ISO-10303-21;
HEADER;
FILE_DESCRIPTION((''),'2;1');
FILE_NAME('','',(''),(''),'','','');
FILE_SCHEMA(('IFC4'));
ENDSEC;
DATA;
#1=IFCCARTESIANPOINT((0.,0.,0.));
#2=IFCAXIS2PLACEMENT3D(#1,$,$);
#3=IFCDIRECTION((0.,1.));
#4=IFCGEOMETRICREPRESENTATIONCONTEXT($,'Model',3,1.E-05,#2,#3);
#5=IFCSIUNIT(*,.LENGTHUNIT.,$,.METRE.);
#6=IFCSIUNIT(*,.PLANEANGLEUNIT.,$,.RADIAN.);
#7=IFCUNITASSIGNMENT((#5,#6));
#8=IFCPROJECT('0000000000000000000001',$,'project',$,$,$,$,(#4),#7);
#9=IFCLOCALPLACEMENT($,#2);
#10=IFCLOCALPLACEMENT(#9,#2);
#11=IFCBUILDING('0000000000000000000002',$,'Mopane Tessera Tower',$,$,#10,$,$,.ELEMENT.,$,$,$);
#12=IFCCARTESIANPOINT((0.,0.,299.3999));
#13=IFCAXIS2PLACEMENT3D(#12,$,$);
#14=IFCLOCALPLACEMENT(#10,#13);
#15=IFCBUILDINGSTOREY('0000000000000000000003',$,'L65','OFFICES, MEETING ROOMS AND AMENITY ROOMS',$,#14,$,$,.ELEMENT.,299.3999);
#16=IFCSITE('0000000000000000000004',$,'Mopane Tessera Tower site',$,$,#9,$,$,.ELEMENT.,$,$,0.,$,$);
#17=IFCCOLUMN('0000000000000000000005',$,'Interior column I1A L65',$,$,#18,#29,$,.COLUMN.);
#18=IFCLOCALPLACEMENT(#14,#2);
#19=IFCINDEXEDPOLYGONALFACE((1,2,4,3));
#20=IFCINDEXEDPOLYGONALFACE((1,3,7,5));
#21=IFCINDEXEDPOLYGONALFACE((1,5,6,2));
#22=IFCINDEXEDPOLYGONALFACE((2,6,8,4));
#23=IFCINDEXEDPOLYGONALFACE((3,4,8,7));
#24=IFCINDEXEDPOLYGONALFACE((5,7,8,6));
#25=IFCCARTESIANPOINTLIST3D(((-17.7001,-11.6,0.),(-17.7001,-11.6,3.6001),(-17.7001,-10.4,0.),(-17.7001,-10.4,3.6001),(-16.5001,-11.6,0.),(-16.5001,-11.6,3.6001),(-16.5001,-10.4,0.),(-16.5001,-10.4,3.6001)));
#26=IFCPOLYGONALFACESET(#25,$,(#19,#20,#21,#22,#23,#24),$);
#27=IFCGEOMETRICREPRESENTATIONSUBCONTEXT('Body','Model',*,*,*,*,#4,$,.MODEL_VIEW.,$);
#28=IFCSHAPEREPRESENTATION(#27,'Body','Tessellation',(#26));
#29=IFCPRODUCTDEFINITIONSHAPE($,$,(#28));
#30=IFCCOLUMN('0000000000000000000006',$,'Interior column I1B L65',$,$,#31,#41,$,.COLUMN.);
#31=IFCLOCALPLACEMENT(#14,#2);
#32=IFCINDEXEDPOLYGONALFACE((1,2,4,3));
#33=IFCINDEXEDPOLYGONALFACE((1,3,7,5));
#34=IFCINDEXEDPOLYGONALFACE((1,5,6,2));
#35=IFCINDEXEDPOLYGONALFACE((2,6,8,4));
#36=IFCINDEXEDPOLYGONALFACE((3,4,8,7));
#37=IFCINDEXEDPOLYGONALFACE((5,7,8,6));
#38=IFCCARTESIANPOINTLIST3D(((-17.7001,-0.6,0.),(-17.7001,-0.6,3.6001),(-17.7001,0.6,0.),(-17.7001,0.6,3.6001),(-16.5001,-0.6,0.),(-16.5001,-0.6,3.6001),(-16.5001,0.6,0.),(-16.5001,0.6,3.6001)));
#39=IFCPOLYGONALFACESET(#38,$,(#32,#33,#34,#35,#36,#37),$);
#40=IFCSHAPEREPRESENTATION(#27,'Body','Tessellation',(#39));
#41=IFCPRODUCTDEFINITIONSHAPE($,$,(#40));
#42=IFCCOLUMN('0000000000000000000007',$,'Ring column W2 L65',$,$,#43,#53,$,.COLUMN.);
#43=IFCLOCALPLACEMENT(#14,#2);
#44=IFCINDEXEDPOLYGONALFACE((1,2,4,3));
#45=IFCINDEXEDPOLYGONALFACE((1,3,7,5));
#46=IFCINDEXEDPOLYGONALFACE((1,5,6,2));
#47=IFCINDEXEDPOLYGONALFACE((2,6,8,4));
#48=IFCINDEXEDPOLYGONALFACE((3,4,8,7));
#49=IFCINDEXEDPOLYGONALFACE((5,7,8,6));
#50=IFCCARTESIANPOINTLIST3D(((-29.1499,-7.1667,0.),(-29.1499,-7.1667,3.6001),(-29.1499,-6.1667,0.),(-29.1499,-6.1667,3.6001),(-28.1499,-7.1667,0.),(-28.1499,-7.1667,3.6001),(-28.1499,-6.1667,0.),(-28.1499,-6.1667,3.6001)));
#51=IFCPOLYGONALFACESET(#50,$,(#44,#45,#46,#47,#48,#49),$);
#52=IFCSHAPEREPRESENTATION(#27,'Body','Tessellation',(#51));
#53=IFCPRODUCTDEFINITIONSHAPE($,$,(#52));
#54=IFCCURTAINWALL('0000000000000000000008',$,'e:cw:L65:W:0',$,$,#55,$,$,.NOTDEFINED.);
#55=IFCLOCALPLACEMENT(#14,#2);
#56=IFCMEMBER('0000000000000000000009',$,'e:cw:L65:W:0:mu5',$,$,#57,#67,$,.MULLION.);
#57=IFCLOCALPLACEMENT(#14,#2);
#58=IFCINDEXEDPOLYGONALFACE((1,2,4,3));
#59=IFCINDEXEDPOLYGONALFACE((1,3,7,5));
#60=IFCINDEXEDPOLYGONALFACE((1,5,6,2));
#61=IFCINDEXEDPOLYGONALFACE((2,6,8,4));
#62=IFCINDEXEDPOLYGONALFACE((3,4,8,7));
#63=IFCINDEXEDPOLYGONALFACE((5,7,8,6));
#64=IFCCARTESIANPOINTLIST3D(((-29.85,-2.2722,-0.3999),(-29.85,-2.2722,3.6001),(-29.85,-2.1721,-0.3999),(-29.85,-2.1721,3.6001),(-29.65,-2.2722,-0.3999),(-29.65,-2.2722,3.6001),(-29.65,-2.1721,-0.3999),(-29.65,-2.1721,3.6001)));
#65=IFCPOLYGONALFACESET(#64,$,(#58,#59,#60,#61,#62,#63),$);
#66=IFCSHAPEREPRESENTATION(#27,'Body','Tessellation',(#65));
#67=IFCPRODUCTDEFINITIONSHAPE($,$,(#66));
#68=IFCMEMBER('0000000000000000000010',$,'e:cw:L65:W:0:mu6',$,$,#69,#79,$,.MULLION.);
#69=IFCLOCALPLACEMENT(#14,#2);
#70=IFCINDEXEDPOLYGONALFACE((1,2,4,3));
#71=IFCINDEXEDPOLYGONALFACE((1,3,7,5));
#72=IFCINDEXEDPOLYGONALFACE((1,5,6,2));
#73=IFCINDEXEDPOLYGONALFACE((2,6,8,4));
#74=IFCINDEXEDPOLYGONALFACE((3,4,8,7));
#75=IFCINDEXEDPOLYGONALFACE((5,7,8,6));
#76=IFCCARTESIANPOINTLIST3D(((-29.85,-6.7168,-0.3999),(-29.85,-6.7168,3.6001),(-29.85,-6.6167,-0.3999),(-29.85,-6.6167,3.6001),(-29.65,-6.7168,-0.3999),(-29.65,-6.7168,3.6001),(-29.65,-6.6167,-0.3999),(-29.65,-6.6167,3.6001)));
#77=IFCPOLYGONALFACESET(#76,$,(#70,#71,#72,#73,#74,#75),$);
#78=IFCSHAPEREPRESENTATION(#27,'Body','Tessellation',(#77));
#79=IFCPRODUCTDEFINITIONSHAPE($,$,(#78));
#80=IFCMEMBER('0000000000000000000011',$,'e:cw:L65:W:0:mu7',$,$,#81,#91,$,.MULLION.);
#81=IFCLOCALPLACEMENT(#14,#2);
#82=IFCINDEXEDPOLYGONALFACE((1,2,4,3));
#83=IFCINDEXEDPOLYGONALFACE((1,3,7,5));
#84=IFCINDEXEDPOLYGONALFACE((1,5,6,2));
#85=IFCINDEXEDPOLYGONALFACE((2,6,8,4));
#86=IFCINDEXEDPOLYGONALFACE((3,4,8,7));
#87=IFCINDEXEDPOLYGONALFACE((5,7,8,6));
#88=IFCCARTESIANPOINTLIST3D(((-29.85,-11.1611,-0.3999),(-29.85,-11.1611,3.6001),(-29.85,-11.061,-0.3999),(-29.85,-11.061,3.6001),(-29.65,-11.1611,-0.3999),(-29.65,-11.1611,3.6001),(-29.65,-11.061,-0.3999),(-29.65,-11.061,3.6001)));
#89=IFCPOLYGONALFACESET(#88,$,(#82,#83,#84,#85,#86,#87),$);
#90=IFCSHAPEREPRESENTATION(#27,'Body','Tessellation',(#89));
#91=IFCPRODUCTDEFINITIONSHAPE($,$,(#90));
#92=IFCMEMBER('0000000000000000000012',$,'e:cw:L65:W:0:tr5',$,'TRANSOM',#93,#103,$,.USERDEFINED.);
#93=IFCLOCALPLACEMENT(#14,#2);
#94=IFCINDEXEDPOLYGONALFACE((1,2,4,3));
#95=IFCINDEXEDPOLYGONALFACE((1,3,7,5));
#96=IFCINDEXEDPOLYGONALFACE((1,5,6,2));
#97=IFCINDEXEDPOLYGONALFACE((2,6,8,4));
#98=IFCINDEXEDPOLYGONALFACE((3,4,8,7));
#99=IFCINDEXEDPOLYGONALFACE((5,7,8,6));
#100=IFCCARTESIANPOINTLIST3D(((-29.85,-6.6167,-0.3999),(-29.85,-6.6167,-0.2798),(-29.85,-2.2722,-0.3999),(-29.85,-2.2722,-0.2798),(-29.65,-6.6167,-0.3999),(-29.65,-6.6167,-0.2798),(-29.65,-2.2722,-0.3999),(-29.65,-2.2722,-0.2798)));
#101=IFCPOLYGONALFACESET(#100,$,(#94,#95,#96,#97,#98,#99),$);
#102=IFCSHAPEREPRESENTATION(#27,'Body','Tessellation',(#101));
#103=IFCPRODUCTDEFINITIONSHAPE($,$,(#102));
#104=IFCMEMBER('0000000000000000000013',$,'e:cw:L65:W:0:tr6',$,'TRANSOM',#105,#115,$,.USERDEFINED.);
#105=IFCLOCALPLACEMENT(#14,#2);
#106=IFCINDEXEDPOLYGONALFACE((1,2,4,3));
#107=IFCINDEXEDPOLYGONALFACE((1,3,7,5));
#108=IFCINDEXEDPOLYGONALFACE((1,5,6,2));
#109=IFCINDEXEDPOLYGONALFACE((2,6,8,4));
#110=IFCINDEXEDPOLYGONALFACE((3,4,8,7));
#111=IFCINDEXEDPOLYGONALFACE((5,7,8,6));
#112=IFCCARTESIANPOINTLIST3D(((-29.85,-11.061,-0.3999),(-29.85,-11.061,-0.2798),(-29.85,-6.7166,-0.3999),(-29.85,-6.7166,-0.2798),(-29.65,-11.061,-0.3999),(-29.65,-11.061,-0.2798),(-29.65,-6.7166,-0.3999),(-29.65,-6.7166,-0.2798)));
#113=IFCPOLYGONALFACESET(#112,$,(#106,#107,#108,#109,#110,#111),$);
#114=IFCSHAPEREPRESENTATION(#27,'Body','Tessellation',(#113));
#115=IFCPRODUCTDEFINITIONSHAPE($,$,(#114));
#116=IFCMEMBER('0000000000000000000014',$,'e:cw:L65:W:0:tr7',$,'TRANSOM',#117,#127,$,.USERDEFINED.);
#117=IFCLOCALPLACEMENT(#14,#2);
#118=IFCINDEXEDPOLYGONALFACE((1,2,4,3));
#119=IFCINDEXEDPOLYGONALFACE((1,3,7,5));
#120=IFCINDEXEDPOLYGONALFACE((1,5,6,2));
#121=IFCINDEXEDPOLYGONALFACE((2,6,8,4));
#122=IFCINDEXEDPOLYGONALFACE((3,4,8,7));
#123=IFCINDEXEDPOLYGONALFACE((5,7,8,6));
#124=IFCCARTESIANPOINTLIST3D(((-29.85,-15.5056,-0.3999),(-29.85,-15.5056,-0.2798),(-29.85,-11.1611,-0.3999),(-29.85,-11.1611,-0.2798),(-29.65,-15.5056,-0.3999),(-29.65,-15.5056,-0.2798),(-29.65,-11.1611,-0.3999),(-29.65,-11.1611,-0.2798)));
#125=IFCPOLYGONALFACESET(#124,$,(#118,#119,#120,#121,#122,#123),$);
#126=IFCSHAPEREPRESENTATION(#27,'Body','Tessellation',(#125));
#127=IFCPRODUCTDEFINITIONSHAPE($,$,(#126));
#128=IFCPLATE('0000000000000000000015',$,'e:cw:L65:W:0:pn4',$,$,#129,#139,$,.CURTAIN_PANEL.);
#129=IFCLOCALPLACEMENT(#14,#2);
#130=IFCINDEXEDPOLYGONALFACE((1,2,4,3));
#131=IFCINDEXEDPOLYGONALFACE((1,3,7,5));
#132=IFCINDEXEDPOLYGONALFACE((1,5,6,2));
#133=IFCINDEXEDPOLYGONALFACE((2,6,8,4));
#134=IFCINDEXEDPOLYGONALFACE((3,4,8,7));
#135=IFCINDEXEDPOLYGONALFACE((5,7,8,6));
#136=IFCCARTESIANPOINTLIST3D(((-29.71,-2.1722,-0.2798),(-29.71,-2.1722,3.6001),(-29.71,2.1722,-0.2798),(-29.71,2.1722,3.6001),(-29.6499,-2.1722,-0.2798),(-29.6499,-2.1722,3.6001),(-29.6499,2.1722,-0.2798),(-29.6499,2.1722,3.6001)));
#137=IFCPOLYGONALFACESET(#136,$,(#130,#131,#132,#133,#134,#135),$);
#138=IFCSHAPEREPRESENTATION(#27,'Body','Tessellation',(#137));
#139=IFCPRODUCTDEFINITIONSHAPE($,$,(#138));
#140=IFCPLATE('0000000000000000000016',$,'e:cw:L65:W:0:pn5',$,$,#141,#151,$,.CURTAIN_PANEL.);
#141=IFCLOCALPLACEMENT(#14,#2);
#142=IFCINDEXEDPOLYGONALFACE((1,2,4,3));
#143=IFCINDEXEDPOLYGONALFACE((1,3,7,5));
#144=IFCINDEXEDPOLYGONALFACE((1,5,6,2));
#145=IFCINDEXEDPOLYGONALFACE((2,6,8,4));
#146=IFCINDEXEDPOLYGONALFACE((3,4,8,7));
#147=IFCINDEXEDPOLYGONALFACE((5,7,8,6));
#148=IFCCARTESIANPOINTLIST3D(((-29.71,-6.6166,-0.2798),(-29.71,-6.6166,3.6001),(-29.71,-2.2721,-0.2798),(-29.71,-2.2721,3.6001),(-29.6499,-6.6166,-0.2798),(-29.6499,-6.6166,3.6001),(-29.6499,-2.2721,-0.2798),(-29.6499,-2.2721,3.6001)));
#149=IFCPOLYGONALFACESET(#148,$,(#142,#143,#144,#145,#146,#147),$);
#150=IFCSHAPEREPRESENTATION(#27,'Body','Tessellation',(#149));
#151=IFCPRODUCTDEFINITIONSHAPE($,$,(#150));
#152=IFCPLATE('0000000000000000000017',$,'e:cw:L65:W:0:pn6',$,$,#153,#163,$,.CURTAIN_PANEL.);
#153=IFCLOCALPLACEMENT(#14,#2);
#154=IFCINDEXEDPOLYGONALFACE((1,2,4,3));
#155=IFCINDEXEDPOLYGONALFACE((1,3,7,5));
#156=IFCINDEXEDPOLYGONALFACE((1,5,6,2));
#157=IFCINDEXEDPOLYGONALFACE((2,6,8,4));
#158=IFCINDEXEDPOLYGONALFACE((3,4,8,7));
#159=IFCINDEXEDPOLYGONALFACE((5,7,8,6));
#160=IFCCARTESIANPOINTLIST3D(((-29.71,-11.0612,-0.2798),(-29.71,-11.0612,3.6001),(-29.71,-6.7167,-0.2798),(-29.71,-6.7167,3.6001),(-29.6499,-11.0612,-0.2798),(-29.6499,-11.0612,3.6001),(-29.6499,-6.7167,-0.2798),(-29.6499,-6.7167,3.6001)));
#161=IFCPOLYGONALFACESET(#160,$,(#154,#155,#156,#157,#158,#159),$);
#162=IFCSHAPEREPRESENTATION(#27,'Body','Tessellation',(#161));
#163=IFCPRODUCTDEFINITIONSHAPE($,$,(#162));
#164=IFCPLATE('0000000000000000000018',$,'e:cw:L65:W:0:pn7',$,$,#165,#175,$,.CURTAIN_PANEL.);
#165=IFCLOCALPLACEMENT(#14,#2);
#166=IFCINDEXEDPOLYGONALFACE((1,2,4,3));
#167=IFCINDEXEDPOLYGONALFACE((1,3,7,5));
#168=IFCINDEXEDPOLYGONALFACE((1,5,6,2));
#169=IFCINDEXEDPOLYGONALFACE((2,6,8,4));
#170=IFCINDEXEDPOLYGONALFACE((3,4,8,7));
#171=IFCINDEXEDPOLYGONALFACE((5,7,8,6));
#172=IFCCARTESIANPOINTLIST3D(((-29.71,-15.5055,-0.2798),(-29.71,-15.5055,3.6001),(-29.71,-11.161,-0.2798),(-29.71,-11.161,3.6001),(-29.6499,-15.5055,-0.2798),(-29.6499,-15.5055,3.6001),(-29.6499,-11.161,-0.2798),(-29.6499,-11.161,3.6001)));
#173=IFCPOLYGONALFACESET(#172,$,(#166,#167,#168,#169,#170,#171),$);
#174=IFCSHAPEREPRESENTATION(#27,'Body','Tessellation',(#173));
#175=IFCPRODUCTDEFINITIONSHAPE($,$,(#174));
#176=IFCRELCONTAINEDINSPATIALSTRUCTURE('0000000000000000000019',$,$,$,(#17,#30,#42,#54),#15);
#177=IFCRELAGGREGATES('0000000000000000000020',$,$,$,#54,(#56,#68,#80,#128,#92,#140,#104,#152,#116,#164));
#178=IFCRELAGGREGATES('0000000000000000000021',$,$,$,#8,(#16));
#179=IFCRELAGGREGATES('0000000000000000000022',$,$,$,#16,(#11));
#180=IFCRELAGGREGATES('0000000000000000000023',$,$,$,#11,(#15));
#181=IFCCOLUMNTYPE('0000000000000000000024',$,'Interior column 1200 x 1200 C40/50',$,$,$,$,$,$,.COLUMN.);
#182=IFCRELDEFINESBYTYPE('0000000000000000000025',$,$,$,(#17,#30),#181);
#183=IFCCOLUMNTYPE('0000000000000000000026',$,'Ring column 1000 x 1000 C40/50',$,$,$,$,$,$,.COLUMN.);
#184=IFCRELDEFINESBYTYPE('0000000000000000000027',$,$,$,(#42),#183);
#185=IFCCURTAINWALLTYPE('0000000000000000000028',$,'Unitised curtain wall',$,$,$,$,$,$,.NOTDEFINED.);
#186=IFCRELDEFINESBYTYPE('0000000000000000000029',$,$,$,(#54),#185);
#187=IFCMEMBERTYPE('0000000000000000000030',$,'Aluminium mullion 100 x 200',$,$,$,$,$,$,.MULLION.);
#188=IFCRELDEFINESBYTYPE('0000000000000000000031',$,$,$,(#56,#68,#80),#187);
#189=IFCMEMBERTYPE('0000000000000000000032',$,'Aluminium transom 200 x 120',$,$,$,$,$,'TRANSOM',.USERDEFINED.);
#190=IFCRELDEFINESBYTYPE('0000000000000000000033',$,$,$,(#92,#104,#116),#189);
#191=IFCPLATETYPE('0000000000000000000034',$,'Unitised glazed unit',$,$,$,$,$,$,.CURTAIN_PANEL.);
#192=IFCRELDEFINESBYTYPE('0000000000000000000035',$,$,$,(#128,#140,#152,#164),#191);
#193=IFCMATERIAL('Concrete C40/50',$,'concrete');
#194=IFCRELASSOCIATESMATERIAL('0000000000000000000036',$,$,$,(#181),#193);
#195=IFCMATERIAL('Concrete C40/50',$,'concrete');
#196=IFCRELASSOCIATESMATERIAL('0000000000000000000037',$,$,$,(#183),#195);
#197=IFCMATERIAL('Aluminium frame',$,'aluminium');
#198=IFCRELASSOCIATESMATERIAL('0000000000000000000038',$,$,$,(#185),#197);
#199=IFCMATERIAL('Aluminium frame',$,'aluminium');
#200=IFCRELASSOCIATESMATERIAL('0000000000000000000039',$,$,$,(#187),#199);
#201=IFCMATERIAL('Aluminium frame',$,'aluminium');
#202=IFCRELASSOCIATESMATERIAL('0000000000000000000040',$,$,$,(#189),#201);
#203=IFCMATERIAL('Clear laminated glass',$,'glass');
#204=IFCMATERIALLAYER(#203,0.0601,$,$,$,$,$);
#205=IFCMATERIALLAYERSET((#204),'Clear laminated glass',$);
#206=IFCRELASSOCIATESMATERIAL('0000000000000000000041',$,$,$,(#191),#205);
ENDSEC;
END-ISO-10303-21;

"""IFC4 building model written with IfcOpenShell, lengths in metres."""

from ifc_helpers import new_model, si_unit, direction, frame, origin, origin_2d, place, context, subcontext, project, spatial, rectangle, extrude, material, layer, layer_set, material_profile, profile_set, type_object, element, aggregate, save


model = new_model("IFC4")

# Units and contexts
model_context = context("Model", 3, precision=1e-05, world=origin(), true_north=direction((0.0, 1.0)))
body_context = subcontext(model_context, "Body", "Model", "MODEL_VIEW")
ifc_project = project(units=[si_unit("LENGTHUNIT", "METRE"), si_unit("PLANEANGLEUNIT", "RADIAN")], contexts=[model_context])

# Site, building, storey
site_placement = place(None, origin())
site = spatial("IfcSite", under=ifc_project, at=site_placement, Name="Mopane Tessera Tower site", CompositionType="ELEMENT", RefElevation=0.0)
building_placement = place(site_placement, origin())
building = spatial("IfcBuilding", under=site, at=building_placement, Name="Mopane Tessera Tower", CompositionType="ELEMENT")
storey_placement = place(building_placement, frame((0.0, 0.0, 299.3999)))
storey = spatial("IfcBuildingStorey", under=building, at=storey_placement, Name="L65", Description="OFFICES, MEETING ROOMS AND AMENITY ROOMS", CompositionType="ELEMENT", Elevation=299.3999)

# Columns
ifc_material_1 = material(Name="Concrete C40/50", Category="concrete")
ifc_material_profile_1 = material_profile(ifc_material_1, rectangle(XDim=1.2, YDim=1.2, at=origin_2d()))
ifc_profile_set_1 = profile_set([ifc_material_profile_1], Name="Concrete C40/50")
column_type_1 = type_object("IfcColumnType", Name="Interior column 1200 x 1200 C40/50", PredefinedType="COLUMN", material=ifc_profile_set_1)
for number, where, z_axis, x_axis, name in (
    (1, (-17.1001, -11.0, 0.0), (0.0, 0.0, 1.0), (1.0, 0.0, 0.0), "Interior column I1A L65"),
    (2, (-17.1001, 0.0, 0.0), (0.0, 0.0, 1.0), (1.0, 0.0, 0.0), "Interior column I1B L65"),
):
    element("IfcColumn", number, at=place(storey_placement, frame(where, z_axis=z_axis, x_axis=x_axis)), inside=storey, type_object=column_type_1, Name=name, PredefinedType="COLUMN", context=body_context, shape_type="SweptSolid", body=[
        extrude(rectangle(XDim=1.2, YDim=1.2, at=origin_2d()), origin(), (0.0, 0.0, 1.0), 3.6001),
    ])
ifc_material_2 = material(Name="Concrete C40/50", Category="concrete")
ifc_material_profile_2 = material_profile(ifc_material_2, rectangle(XDim=1.0, YDim=1.0, at=origin_2d()))
ifc_profile_set_2 = profile_set([ifc_material_profile_2], Name="Concrete C40/50")
column_type_2 = type_object("IfcColumnType", Name="Ring column 1000 x 1000 C40/50", PredefinedType="COLUMN", material=ifc_profile_set_2)
column_placement = place(storey_placement, frame((-28.6499, -6.6667, 0.0), z_axis=(0.0, 0.0, 1.0), x_axis=(1.0, 0.0, 0.0)))
element("IfcColumn", 3, at=column_placement, inside=storey, type_object=column_type_2, Name="Ring column W2 L65", PredefinedType="COLUMN", context=body_context, shape_type="SweptSolid", body=[
    extrude(rectangle(XDim=1.0, YDim=1.0, at=origin_2d()), origin(), (0.0, 0.0, 1.0), 3.6001),
])

# Curtain wall, members, plates
ifc_material_3 = material(Name="Aluminium frame", Category="aluminium")
curtain_wall_type = type_object("IfcCurtainWallType", Name="Unitised curtain wall", PredefinedType="NOTDEFINED", material=ifc_material_3)
curtain_wall_placement = place(storey_placement, origin())
curtain_wall = element("IfcCurtainWall", 4, at=curtain_wall_placement, inside=storey, type_object=curtain_wall_type, Name="e:cw:L65:W:0", PredefinedType="NOTDEFINED")
ifc_material_4 = material(Name="Aluminium frame", Category="aluminium")
ifc_material_profile_3 = material_profile(ifc_material_4, rectangle(XDim=0.1001, YDim=0.2, at=origin_2d()))
ifc_profile_set_3 = profile_set([ifc_material_profile_3], Name="Aluminium frame")
member_type_1 = type_object("IfcMemberType", Name="Aluminium mullion 100 x 200", PredefinedType="MULLION", material=ifc_profile_set_3)
member_1_placement = place(storey_placement, frame((-29.75, -2.2222, -0.3999), z_axis=(0.0, 0.0, 1.0), x_axis=(0.0, -1.0, 0.0)))
member_1 = element("IfcMember", 5, at=member_1_placement, type_object=member_type_1, Name="e:cw:L65:W:0:mu5", PredefinedType="MULLION", context=body_context, shape_type="SweptSolid", body=[
    extrude(rectangle(XDim=0.1001, YDim=0.2, at=origin_2d()), origin(), (0.0, 0.0, 1.0), 4.0),
])
member_2_placement = place(storey_placement, frame((-29.75, -6.6667, -0.3999), z_axis=(0.0, 0.0, 1.0), x_axis=(0.0, -1.0, 0.0)))
member_2 = element("IfcMember", 6, at=member_2_placement, type_object=member_type_1, Name="e:cw:L65:W:0:mu6", PredefinedType="MULLION", context=body_context, shape_type="SweptSolid", body=[
    extrude(rectangle(XDim=0.1001, YDim=0.2, at=origin_2d()), origin(), (0.0, 0.0, 1.0), 4.0),
])
member_3_placement = place(storey_placement, frame((-29.75, -11.1111, -0.3999), z_axis=(0.0, 0.0, 1.0), x_axis=(0.0, -1.0, 0.0)))
member_3 = element("IfcMember", 7, at=member_3_placement, type_object=member_type_1, Name="e:cw:L65:W:0:mu7", PredefinedType="MULLION", context=body_context, shape_type="SweptSolid", body=[
    extrude(rectangle(XDim=0.1001, YDim=0.2, at=origin_2d()), origin(), (0.0, 0.0, 1.0), 4.0),
])
ifc_material_5 = material(Name="Aluminium frame", Category="aluminium")
ifc_material_profile_4 = material_profile(ifc_material_5, rectangle(XDim=0.2, YDim=0.1201, at=origin_2d()))
ifc_profile_set_4 = profile_set([ifc_material_profile_4], Name="Aluminium frame")
member_type_2 = type_object("IfcMemberType", Name="Aluminium transom 200 x 120", ElementType="TRANSOM", PredefinedType="USERDEFINED", material=ifc_profile_set_4)
member_4_placement = place(storey_placement, frame((-29.75, -2.2722, -0.3398), z_axis=(0.0, -1.0, 0.0), x_axis=(1.0, 0.0, 0.0)))
member_4 = element("IfcMember", 8, at=member_4_placement, type_object=member_type_2, Name="e:cw:L65:W:0:tr5", ObjectType="TRANSOM", PredefinedType="USERDEFINED", context=body_context, shape_type="SweptSolid", body=[
    extrude(rectangle(XDim=0.2, YDim=0.1201, at=origin_2d()), origin(), (0.0, 0.0, 1.0), 4.3445),
])
member_5_placement = place(storey_placement, frame((-29.75, -6.7166, -0.3398), z_axis=(0.0, -1.0, 0.0), x_axis=(1.0, 0.0, 0.0)))
member_5 = element("IfcMember", 9, at=member_5_placement, type_object=member_type_2, Name="e:cw:L65:W:0:tr6", ObjectType="TRANSOM", PredefinedType="USERDEFINED", context=body_context, shape_type="SweptSolid", body=[
    extrude(rectangle(XDim=0.2, YDim=0.1201, at=origin_2d()), origin(), (0.0, 0.0, 1.0), 4.3445),
])
member_6_placement = place(storey_placement, frame((-29.75, -11.1611, -0.3398), z_axis=(0.0, -1.0, 0.0), x_axis=(1.0, 0.0, 0.0)))
member_6 = element("IfcMember", 10, at=member_6_placement, type_object=member_type_2, Name="e:cw:L65:W:0:tr7", ObjectType="TRANSOM", PredefinedType="USERDEFINED", context=body_context, shape_type="SweptSolid", body=[
    extrude(rectangle(XDim=0.2, YDim=0.1201, at=origin_2d()), origin(), (0.0, 0.0, 1.0), 4.3445),
])
ifc_material_6 = material(Name="Clear laminated glass", Category="glass")
ifc_layer_1 = layer(ifc_material_6, 0.0601)
ifc_layer_set_1 = layer_set([ifc_layer_1], Name="Clear laminated glass")
plate_type = type_object("IfcPlateType", Name="Unitised glazed unit", PredefinedType="CURTAIN_PANEL", material=ifc_layer_set_1)
plate_1_placement = place(storey_placement, frame((-29.6799, 0.0, -0.2798), z_axis=(0.0, 0.0, 1.0), x_axis=(0.0, -1.0, 0.0)))
plate_1 = element("IfcPlate", 11, at=plate_1_placement, type_object=plate_type, Name="e:cw:L65:W:0:pn4", PredefinedType="CURTAIN_PANEL", context=body_context, shape_type="SweptSolid", body=[
    extrude(rectangle(XDim=4.3445, YDim=0.0601, at=origin_2d()), origin(), (0.0, 0.0, 1.0), 3.8799),
])
plate_2_placement = place(storey_placement, frame((-29.6799, -4.4443, -0.2798), z_axis=(0.0, 0.0, 1.0), x_axis=(0.0, -1.0, 0.0)))
plate_2 = element("IfcPlate", 12, at=plate_2_placement, type_object=plate_type, Name="e:cw:L65:W:0:pn5", PredefinedType="CURTAIN_PANEL", context=body_context, shape_type="SweptSolid", body=[
    extrude(rectangle(XDim=4.3445, YDim=0.0601, at=origin_2d()), origin(), (0.0, 0.0, 1.0), 3.8799),
])
plate_3_placement = place(storey_placement, frame((-29.6799, -8.8889, -0.2798), z_axis=(0.0, 0.0, 1.0), x_axis=(0.0, -1.0, 0.0)))
plate_3 = element("IfcPlate", 13, at=plate_3_placement, type_object=plate_type, Name="e:cw:L65:W:0:pn6", PredefinedType="CURTAIN_PANEL", context=body_context, shape_type="SweptSolid", body=[
    extrude(rectangle(XDim=4.3445, YDim=0.0601, at=origin_2d()), origin(), (0.0, 0.0, 1.0), 3.8799),
])
plate_4_placement = place(storey_placement, frame((-29.6799, -13.3333, -0.2798), z_axis=(0.0, 0.0, 1.0), x_axis=(0.0, -1.0, 0.0)))
plate_4 = element("IfcPlate", 14, at=plate_4_placement, type_object=plate_type, Name="e:cw:L65:W:0:pn7", PredefinedType="CURTAIN_PANEL", context=body_context, shape_type="SweptSolid", body=[
    extrude(rectangle(XDim=4.3445, YDim=0.0601, at=origin_2d()), origin(), (0.0, 0.0, 1.0), 3.8799),
])
aggregate(curtain_wall, [member_1, member_2, member_3, plate_1, member_4, plate_2, member_5, plate_3, member_6, plate_4])

save(model, "model.ifc")
